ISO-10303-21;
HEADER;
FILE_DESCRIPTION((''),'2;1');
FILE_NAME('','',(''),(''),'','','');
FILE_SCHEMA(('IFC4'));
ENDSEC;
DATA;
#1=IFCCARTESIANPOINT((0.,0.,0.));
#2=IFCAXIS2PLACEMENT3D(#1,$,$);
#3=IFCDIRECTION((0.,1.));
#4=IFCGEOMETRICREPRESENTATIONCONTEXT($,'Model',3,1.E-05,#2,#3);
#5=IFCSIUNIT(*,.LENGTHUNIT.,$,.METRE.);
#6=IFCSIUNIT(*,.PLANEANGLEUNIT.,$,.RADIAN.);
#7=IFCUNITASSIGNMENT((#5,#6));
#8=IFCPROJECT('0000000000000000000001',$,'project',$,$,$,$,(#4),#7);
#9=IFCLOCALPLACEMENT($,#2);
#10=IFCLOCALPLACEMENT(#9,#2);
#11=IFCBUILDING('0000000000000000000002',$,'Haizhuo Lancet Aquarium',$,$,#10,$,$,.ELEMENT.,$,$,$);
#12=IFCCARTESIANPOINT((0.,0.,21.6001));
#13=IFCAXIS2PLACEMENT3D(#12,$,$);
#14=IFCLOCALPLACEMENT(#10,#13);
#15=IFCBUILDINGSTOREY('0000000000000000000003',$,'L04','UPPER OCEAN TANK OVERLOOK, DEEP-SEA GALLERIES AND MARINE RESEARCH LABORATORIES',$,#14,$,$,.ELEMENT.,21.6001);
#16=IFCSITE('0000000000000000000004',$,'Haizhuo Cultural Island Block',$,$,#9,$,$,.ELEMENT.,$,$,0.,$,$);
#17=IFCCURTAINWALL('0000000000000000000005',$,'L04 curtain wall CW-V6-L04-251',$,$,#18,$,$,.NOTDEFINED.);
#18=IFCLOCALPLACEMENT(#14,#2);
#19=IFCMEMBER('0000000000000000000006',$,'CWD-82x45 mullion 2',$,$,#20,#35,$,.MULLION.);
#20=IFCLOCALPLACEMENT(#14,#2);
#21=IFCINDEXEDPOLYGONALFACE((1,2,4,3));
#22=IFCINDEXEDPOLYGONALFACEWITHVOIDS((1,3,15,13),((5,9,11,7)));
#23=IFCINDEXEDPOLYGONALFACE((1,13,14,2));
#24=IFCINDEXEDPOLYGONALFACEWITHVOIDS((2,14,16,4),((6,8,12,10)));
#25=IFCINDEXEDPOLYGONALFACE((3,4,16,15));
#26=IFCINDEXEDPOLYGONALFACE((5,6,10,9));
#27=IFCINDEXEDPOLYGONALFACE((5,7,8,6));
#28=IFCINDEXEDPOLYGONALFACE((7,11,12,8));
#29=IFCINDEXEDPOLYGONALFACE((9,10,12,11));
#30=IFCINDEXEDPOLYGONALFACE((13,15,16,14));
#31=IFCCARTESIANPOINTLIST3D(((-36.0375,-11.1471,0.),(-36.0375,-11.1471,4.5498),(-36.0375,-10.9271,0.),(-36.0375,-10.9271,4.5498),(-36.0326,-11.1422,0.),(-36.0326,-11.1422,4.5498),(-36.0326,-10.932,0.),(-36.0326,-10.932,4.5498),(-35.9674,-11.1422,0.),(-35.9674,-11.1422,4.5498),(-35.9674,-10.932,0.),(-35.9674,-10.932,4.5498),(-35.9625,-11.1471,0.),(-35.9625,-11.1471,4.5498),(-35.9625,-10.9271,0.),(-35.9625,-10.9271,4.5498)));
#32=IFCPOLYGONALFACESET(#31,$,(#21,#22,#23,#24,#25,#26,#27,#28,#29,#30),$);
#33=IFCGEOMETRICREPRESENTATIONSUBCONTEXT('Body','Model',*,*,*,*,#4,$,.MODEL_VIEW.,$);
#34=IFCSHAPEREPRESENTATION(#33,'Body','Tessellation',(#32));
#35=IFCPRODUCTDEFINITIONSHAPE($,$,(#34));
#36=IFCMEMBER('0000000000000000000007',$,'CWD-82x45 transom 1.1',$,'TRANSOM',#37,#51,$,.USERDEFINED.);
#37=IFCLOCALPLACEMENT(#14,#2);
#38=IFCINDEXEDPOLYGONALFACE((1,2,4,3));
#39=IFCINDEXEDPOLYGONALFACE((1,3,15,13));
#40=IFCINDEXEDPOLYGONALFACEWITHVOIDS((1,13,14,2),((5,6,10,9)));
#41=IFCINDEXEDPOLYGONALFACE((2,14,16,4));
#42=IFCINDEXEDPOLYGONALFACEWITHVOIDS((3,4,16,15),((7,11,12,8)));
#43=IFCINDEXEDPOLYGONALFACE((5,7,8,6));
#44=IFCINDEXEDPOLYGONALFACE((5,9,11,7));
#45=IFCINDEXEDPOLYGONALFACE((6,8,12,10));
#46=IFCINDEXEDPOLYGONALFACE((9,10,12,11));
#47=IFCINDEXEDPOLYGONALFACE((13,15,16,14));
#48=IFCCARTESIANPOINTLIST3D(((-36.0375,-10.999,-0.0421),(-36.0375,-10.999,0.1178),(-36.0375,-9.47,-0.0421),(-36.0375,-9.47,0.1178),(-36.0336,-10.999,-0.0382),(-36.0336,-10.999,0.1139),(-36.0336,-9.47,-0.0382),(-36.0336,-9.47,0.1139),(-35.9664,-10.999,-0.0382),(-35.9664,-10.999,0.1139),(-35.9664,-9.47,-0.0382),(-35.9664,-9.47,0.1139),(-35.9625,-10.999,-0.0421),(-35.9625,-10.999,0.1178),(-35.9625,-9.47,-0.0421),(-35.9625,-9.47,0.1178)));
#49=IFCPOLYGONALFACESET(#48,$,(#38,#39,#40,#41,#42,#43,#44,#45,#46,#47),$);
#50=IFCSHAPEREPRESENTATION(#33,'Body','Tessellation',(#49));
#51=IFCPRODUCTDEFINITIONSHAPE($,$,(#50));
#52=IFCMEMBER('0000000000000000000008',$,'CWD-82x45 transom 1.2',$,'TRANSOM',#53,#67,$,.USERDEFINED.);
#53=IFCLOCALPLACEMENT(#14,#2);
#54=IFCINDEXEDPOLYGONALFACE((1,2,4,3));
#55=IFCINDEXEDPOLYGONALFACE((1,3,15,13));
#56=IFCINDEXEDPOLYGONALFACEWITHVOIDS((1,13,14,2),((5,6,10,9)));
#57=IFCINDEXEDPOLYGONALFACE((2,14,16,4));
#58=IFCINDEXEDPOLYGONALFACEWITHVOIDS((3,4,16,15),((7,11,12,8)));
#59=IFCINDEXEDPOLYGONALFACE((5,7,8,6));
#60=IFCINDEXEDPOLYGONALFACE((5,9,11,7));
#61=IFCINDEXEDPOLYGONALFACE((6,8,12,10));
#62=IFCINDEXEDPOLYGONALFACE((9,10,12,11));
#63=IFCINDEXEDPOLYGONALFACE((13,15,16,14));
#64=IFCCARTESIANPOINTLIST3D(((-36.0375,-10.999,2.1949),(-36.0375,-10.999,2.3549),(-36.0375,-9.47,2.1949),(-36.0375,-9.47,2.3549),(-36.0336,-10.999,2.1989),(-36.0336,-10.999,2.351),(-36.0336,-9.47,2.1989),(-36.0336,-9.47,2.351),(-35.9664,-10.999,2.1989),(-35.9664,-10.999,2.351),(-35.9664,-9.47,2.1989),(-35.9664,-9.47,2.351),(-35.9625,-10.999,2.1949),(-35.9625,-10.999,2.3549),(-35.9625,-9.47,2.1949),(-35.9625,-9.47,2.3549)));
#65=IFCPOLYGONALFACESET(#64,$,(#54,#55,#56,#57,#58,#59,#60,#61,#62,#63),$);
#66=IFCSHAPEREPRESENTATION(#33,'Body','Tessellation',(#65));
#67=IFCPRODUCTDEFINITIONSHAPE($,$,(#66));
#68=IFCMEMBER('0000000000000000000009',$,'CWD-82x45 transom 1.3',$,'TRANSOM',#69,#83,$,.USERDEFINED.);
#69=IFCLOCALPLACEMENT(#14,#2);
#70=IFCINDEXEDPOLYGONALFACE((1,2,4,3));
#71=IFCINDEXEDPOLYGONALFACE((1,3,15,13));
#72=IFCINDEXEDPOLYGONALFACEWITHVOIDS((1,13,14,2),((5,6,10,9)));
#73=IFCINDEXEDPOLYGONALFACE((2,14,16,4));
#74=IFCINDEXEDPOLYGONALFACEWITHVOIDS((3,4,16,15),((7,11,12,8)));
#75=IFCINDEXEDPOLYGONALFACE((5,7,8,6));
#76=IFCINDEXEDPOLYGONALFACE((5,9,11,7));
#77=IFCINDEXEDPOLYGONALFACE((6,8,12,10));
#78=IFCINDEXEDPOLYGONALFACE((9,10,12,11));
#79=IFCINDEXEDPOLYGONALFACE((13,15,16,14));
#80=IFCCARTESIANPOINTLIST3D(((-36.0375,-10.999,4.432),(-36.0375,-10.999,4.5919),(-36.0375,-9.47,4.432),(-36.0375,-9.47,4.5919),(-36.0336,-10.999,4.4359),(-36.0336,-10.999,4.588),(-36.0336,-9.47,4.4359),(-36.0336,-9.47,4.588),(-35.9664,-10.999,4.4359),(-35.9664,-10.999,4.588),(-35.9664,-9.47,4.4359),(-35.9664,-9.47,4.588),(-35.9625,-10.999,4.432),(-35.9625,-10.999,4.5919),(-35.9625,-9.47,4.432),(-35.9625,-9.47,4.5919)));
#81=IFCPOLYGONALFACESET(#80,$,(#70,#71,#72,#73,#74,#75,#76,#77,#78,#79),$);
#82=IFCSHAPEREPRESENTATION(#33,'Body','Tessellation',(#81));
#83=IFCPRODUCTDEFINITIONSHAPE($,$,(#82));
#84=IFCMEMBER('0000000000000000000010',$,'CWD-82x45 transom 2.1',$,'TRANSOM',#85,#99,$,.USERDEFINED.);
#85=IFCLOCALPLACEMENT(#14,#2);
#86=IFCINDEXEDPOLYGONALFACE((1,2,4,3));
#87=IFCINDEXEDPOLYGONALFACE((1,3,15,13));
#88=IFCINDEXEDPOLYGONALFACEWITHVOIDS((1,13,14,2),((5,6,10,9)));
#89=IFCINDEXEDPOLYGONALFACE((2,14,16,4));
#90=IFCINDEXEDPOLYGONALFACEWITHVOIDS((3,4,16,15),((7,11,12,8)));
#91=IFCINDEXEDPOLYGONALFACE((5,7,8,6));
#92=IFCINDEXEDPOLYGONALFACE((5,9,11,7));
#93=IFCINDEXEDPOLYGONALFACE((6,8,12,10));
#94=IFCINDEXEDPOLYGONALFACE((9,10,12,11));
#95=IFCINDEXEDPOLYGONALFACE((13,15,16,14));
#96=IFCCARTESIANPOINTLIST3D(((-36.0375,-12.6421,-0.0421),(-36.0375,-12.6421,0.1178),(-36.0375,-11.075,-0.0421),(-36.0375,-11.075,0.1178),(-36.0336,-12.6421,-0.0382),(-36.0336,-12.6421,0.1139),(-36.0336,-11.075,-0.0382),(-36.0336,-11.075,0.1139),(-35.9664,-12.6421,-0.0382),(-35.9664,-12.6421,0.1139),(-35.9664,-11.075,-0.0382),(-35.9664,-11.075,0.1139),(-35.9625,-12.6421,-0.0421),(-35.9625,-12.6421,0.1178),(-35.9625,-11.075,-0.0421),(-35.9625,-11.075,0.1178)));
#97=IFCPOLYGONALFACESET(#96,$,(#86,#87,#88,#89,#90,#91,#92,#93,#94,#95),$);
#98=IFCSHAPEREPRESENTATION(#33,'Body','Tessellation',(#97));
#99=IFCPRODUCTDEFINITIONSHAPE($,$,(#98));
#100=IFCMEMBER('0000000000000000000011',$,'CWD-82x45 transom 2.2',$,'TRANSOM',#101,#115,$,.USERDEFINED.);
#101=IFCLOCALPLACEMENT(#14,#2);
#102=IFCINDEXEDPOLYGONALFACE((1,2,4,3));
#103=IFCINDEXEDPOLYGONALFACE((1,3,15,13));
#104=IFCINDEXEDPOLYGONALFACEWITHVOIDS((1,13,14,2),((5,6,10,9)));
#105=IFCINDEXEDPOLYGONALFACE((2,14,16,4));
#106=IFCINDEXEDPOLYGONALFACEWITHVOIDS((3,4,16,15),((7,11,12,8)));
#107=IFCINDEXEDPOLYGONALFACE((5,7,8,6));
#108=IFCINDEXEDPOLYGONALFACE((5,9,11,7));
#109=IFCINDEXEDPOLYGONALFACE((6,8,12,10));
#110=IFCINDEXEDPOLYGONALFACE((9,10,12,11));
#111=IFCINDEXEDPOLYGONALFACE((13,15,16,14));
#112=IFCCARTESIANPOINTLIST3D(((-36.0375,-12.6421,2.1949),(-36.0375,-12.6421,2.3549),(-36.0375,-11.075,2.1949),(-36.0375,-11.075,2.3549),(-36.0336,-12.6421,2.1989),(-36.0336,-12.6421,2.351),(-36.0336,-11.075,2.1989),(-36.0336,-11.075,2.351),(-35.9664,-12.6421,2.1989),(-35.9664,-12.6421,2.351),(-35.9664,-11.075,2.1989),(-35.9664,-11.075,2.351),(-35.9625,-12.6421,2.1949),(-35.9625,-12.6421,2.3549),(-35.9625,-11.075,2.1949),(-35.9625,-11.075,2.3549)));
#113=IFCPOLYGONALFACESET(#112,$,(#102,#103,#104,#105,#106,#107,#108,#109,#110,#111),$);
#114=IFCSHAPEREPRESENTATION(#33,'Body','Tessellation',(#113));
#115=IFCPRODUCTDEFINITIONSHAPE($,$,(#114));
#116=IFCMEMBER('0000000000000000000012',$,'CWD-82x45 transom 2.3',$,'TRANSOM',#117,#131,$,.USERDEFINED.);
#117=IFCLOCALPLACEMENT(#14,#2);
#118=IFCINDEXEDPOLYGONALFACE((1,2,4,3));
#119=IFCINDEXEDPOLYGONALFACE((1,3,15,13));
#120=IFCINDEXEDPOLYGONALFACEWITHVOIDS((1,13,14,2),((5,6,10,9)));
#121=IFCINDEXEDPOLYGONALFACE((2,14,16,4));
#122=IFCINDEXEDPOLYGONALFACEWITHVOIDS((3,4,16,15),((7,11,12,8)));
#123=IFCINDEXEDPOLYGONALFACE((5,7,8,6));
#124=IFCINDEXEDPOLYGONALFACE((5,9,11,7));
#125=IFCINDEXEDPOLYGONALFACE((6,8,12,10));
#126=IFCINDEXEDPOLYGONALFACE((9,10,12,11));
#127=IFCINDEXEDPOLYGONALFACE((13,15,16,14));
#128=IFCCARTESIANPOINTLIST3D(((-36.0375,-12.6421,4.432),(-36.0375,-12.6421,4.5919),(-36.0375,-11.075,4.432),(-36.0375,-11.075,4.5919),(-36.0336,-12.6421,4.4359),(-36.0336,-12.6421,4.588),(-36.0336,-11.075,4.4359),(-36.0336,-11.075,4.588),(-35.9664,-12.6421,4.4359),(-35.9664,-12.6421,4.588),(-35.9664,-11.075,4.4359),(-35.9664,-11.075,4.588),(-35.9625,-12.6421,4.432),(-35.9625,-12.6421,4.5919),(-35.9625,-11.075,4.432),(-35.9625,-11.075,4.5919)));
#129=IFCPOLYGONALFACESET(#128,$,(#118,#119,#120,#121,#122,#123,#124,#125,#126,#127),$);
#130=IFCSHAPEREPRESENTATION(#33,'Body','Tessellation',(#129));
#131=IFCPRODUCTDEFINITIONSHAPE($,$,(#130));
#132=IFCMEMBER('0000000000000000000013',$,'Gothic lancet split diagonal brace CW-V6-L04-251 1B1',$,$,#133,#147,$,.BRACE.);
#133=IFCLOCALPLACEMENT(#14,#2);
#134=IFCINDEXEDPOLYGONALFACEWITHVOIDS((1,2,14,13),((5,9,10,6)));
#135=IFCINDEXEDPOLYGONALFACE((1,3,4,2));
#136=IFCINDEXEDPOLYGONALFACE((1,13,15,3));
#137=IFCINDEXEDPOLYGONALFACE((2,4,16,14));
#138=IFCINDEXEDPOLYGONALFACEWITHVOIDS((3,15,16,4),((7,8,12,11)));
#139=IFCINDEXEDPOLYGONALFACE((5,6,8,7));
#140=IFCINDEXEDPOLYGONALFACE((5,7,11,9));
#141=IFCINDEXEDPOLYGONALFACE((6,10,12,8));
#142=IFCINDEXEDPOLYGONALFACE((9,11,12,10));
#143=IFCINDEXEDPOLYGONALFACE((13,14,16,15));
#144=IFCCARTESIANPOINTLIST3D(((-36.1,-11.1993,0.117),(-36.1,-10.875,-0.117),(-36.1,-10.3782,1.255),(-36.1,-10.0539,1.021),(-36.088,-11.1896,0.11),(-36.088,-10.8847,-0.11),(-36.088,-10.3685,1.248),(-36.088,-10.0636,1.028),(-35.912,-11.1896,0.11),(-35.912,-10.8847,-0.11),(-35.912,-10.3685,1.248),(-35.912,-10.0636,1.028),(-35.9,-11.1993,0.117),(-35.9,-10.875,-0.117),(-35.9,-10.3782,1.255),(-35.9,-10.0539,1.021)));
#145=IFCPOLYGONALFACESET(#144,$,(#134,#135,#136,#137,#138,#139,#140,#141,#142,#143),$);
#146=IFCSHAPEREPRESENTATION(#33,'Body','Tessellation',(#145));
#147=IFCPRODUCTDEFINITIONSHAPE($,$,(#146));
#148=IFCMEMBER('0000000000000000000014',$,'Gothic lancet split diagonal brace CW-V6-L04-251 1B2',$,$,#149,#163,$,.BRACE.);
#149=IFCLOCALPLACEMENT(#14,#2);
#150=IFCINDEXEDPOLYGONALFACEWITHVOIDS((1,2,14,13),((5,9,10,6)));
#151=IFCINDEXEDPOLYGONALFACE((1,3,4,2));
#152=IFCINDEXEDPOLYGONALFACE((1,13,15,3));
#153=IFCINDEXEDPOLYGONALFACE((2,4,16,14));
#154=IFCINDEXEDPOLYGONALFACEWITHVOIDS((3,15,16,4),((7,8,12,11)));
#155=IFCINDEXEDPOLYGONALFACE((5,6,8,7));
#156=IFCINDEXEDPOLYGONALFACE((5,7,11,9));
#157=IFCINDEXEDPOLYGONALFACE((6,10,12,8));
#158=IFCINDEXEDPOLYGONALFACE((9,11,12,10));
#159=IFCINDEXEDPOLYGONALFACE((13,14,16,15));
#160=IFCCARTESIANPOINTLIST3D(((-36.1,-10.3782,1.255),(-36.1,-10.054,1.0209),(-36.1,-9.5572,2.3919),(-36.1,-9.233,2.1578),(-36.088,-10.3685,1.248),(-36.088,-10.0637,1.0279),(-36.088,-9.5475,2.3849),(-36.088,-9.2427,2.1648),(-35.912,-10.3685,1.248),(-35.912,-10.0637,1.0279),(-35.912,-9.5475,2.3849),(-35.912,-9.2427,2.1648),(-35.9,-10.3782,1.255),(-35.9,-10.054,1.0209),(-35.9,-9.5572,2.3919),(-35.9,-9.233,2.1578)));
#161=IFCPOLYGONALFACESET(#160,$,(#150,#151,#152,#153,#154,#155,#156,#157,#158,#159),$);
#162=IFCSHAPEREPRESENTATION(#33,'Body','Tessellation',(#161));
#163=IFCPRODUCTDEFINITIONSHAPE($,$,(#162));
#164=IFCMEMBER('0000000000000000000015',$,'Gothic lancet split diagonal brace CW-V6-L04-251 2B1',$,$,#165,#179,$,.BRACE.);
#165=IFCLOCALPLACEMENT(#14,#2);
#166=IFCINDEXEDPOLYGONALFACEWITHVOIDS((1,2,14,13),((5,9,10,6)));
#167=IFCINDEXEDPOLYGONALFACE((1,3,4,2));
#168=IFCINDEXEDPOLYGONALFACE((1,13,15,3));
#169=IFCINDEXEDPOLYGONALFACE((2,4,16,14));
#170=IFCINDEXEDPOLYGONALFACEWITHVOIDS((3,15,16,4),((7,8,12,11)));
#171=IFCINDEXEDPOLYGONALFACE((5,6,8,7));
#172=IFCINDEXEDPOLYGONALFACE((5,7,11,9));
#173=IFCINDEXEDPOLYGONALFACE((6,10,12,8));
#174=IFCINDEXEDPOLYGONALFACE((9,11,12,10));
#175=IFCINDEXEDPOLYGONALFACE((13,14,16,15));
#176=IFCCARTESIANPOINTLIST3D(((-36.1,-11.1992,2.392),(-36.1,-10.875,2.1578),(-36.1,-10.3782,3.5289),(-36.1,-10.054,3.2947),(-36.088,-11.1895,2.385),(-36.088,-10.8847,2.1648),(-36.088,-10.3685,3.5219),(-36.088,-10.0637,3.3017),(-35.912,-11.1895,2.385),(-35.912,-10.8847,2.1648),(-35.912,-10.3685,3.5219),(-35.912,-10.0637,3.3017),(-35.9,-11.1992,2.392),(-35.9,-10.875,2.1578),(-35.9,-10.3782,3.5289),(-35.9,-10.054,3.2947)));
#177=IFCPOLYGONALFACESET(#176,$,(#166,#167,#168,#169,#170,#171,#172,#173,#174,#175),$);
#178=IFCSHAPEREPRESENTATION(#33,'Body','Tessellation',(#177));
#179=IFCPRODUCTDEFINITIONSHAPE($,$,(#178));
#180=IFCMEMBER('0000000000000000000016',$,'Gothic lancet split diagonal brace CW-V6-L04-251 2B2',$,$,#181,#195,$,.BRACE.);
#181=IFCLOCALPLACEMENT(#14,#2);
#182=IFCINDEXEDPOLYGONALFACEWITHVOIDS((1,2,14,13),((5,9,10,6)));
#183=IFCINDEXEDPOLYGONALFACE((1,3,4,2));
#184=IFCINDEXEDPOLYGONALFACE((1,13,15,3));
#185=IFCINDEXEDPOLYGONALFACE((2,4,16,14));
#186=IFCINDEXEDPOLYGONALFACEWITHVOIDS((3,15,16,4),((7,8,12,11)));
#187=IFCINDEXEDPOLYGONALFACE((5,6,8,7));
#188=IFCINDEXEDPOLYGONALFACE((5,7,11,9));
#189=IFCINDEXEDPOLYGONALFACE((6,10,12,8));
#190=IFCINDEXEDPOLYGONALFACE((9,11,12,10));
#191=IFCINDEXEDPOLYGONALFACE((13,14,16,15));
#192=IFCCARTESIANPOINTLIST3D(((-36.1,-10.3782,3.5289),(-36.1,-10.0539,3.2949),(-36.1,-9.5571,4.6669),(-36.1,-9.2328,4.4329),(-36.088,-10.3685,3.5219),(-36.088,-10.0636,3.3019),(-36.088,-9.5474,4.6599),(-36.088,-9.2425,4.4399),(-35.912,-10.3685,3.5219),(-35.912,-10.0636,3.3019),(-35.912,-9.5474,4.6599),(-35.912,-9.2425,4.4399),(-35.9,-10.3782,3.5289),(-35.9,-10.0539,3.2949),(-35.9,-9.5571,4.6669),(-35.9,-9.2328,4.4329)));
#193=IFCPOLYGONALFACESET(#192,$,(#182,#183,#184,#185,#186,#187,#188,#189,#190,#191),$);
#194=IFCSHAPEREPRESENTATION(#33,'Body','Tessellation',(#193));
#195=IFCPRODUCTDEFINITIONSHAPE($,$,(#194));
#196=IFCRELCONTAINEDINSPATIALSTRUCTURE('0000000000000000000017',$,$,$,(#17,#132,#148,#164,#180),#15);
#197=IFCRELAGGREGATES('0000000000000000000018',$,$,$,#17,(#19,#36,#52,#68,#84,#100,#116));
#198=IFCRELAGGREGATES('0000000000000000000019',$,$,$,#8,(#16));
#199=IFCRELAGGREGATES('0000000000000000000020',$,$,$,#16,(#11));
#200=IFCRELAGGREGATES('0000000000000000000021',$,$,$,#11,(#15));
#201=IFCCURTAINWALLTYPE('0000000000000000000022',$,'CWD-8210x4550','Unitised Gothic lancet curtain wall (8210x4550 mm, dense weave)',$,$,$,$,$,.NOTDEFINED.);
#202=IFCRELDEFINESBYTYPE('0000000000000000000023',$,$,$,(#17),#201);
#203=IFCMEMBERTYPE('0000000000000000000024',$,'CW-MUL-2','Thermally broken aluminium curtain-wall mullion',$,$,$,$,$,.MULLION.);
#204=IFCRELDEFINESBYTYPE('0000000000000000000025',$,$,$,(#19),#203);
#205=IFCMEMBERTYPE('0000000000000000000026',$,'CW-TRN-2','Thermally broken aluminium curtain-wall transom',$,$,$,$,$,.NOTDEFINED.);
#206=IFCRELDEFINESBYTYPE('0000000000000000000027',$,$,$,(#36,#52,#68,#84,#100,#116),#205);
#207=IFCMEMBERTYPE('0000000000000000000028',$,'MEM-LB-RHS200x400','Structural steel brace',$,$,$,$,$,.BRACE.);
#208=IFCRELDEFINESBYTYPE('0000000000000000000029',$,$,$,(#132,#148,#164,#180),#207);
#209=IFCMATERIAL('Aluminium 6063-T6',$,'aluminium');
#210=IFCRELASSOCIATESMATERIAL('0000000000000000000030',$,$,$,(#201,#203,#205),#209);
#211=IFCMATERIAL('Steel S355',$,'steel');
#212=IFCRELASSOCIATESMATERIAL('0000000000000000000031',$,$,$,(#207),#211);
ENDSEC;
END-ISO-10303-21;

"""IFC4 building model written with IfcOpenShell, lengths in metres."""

from ifc_helpers import new_model, si_unit, direction, frame, origin, origin_2d, place, context, subcontext, project, spatial, hollow_rectangle, extrude, material, material_profile, profile_set, type_object, element, aggregate, save


model = new_model("IFC4")

# Units and contexts
model_context = context("Model", 3, precision=1e-05, world=origin(), true_north=direction((0.0, 1.0)))
body_context = subcontext(model_context, "Body", "Model", "MODEL_VIEW")
ifc_project = project(units=[si_unit("LENGTHUNIT", "METRE"), si_unit("PLANEANGLEUNIT", "RADIAN")], contexts=[model_context])

# Site, building, storey
site_placement = place(None, origin())
site = spatial("IfcSite", under=ifc_project, at=site_placement, Name="Haizhuo Cultural Island Block", CompositionType="ELEMENT", RefElevation=0.0)
building_placement = place(site_placement, origin())
building = spatial("IfcBuilding", under=site, at=building_placement, Name="Haizhuo Lancet Aquarium", CompositionType="ELEMENT")
storey_placement = place(building_placement, frame((0.0, 0.0, 21.6001)))
storey = spatial("IfcBuildingStorey", under=building, at=storey_placement, Name="L04", Description="UPPER OCEAN TANK OVERLOOK, DEEP-SEA GALLERIES AND MARINE RESEARCH LABORATORIES", CompositionType="ELEMENT", Elevation=21.6001)

# Curtain wall, members
ifc_material_1 = material(Name="Aluminium 6063-T6", Category="aluminium")
curtain_wall_type = type_object("IfcCurtainWallType", Name="CWD-8210x4550", Description="Unitised Gothic lancet curtain wall (8210x4550 mm, dense weave)", PredefinedType="NOTDEFINED", material=ifc_material_1)
curtain_wall_placement = place(storey_placement, origin())
curtain_wall = element("IfcCurtainWall", 1, at=curtain_wall_placement, inside=storey, type_object=curtain_wall_type, Name="L04 curtain wall CW-V6-L04-251", PredefinedType="NOTDEFINED")
ifc_material_profile_1 = material_profile(ifc_material_1, hollow_rectangle(XDim=0.075, YDim=0.22, WallThickness=0.0049, at=origin_2d()), Name="ALU-M 75x220x5")
ifc_profile_set_1 = profile_set([ifc_material_profile_1], Name="Aluminium 6063-T6")
member_type_1 = type_object("IfcMemberType", Name="CW-MUL-2", Description="Thermally broken aluminium curtain-wall mullion", PredefinedType="MULLION", material=ifc_profile_set_1)
member_1_placement = place(storey_placement, frame((-36.0, -11.0371, 0.0), z_axis=(0.0, 0.0, 1.0), x_axis=(1.0, 0.0, 0.0)))
member_1 = element("IfcMember", 2, at=member_1_placement, type_object=member_type_1, Name="CWD-82x45 mullion 2", PredefinedType="MULLION", context=body_context, shape_type="SweptSolid", body=[
    extrude(hollow_rectangle(XDim=0.075, YDim=0.22, WallThickness=0.0049, at=origin_2d()), origin(), (0.0, 0.0, 1.0), 4.5498),
])
ifc_material_profile_2 = material_profile(ifc_material_1, hollow_rectangle(XDim=0.075, YDim=0.1599, WallThickness=0.0039, at=origin_2d()), Name="ALU-T 75x160x4")
ifc_profile_set_2 = profile_set([ifc_material_profile_2], Name="Aluminium 6063-T6")
member_type_2 = type_object("IfcMemberType", Name="CW-TRN-2", Description="Thermally broken aluminium curtain-wall transom", PredefinedType="NOTDEFINED", material=ifc_profile_set_2)
member_2_placement = place(storey_placement, frame((-36.0, -9.47, 0.0378), z_axis=(0.0, -1.0, 0.0), x_axis=(1.0, 0.0, 0.0)))
member_2 = element("IfcMember", 3, at=member_2_placement, type_object=member_type_2, Name="CWD-82x45 transom 1.1", ObjectType="TRANSOM", PredefinedType="USERDEFINED", context=body_context, shape_type="SweptSolid", body=[
    extrude(hollow_rectangle(XDim=0.075, YDim=0.1599, WallThickness=0.0039, at=origin_2d()), origin(), (0.0, 0.0, 1.0), 1.5291),
])
member_3_placement = place(storey_placement, frame((-36.0, -9.47, 2.2749), z_axis=(0.0, -1.0, 0.0), x_axis=(1.0, 0.0, 0.0)))
member_3 = element("IfcMember", 4, at=member_3_placement, type_object=member_type_2, Name="CWD-82x45 transom 1.2", ObjectType="TRANSOM", PredefinedType="USERDEFINED", context=body_context, shape_type="SweptSolid", body=[
    extrude(hollow_rectangle(XDim=0.075, YDim=0.1599, WallThickness=0.0039, at=origin_2d()), origin(), (0.0, 0.0, 1.0), 1.5291),
])
member_4_placement = place(storey_placement, frame((-36.0, -9.47, 4.512), z_axis=(0.0, -1.0, 0.0), x_axis=(1.0, 0.0, 0.0)))
member_4 = element("IfcMember", 5, at=member_4_placement, type_object=member_type_2, Name="CWD-82x45 transom 1.3", ObjectType="TRANSOM", PredefinedType="USERDEFINED", context=body_context, shape_type="SweptSolid", body=[
    extrude(hollow_rectangle(XDim=0.075, YDim=0.1599, WallThickness=0.0039, at=origin_2d()), origin(), (0.0, 0.0, 1.0), 1.5291),
])
member_5_placement = place(storey_placement, frame((-36.0, -11.075, 0.0378), z_axis=(0.0, -1.0, 0.0), x_axis=(1.0, 0.0, 0.0)))
member_5 = element("IfcMember", 6, at=member_5_placement, type_object=member_type_2, Name="CWD-82x45 transom 2.1", ObjectType="TRANSOM", PredefinedType="USERDEFINED", context=body_context, shape_type="SweptSolid", body=[
    extrude(hollow_rectangle(XDim=0.075, YDim=0.1599, WallThickness=0.0039, at=origin_2d()), origin(), (0.0, 0.0, 1.0), 1.5671),
])
member_6_placement = place(storey_placement, frame((-36.0, -11.075, 2.2749), z_axis=(0.0, -1.0, 0.0), x_axis=(1.0, 0.0, 0.0)))
member_6 = element("IfcMember", 7, at=member_6_placement, type_object=member_type_2, Name="CWD-82x45 transom 2.2", ObjectType="TRANSOM", PredefinedType="USERDEFINED", context=body_context, shape_type="SweptSolid", body=[
    extrude(hollow_rectangle(XDim=0.075, YDim=0.1599, WallThickness=0.0039, at=origin_2d()), origin(), (0.0, 0.0, 1.0), 1.5671),
])
member_7_placement = place(storey_placement, frame((-36.0, -11.075, 4.512), z_axis=(0.0, -1.0, 0.0), x_axis=(1.0, 0.0, 0.0)))
member_7 = element("IfcMember", 8, at=member_7_placement, type_object=member_type_2, Name="CWD-82x45 transom 2.3", ObjectType="TRANSOM", PredefinedType="USERDEFINED", context=body_context, shape_type="SweptSolid", body=[
    extrude(hollow_rectangle(XDim=0.075, YDim=0.1599, WallThickness=0.0039, at=origin_2d()), origin(), (0.0, 0.0, 1.0), 1.5671),
])

# Members
ifc_material_2 = material(Name="Steel S355", Category="steel")
ifc_material_profile_3 = material_profile(ifc_material_2, hollow_rectangle(XDim=0.2, YDim=0.3999, WallThickness=0.012, at=origin_2d()), Name="RHS 200x400x12")
ifc_profile_set_3 = profile_set([ifc_material_profile_3], Name="Steel S355")
member_type_3 = type_object("IfcMemberType", Name="MEM-LB-RHS200x400", Description="Structural steel brace", PredefinedType="BRACE", material=ifc_profile_set_3)
member_8_placement = place(storey_placement, frame((-36.0, -11.0371, 0.0), z_axis=(0.0, 0.585116, 0.81095), x_axis=(-1.0, 0.0, 0.0)))
element("IfcMember", 9, at=member_8_placement, inside=storey, type_object=member_type_3, Name="Gothic lancet split diagonal brace CW-V6-L04-251 1B1", PredefinedType="BRACE", context=body_context, shape_type="SweptSolid", body=[
    extrude(hollow_rectangle(XDim=0.2, YDim=0.3999, WallThickness=0.012, at=origin_2d()), origin(), (0.0, 0.0, 1.0), 1.4033),
])
for number, where, z_axis, x_axis, name in (
    (10, (-36.0, -10.2161, 1.1379), (0.0, 0.585446, 0.810711), (-1.0, 0.0, 0.0), "Gothic lancet split diagonal brace CW-V6-L04-251 1B2"),
    (11, (-36.0, -11.0371, 2.2749), (0.0, 0.585446, 0.810711), (-1.0, 0.0, 0.0), "Gothic lancet split diagonal brace CW-V6-L04-251 2B1"),
):
    element("IfcMember", number, at=place(storey_placement, frame(where, z_axis=z_axis, x_axis=x_axis)), inside=storey, type_object=member_type_3, Name=name, PredefinedType="BRACE", context=body_context, shape_type="SweptSolid", body=[
        extrude(hollow_rectangle(XDim=0.2, YDim=0.3999, WallThickness=0.012, at=origin_2d()), origin(), (0.0, 0.0, 1.0), 1.4023),
    ])
member_9_placement = place(storey_placement, frame((-36.0, -10.2161, 3.4119), z_axis=(0.0, 0.585116, 0.81095), x_axis=(-1.0, 0.0, 0.0)))
element("IfcMember", 12, at=member_9_placement, inside=storey, type_object=member_type_3, Name="Gothic lancet split diagonal brace CW-V6-L04-251 2B2", PredefinedType="BRACE", context=body_context, shape_type="SweptSolid", body=[
    extrude(hollow_rectangle(XDim=0.2, YDim=0.3999, WallThickness=0.012, at=origin_2d()), origin(), (0.0, 0.0, 1.0), 1.4033),
])

aggregate(curtain_wall, [member_1, member_2, member_3, member_4, member_5, member_6, member_7])

save(model, "model.ifc")
